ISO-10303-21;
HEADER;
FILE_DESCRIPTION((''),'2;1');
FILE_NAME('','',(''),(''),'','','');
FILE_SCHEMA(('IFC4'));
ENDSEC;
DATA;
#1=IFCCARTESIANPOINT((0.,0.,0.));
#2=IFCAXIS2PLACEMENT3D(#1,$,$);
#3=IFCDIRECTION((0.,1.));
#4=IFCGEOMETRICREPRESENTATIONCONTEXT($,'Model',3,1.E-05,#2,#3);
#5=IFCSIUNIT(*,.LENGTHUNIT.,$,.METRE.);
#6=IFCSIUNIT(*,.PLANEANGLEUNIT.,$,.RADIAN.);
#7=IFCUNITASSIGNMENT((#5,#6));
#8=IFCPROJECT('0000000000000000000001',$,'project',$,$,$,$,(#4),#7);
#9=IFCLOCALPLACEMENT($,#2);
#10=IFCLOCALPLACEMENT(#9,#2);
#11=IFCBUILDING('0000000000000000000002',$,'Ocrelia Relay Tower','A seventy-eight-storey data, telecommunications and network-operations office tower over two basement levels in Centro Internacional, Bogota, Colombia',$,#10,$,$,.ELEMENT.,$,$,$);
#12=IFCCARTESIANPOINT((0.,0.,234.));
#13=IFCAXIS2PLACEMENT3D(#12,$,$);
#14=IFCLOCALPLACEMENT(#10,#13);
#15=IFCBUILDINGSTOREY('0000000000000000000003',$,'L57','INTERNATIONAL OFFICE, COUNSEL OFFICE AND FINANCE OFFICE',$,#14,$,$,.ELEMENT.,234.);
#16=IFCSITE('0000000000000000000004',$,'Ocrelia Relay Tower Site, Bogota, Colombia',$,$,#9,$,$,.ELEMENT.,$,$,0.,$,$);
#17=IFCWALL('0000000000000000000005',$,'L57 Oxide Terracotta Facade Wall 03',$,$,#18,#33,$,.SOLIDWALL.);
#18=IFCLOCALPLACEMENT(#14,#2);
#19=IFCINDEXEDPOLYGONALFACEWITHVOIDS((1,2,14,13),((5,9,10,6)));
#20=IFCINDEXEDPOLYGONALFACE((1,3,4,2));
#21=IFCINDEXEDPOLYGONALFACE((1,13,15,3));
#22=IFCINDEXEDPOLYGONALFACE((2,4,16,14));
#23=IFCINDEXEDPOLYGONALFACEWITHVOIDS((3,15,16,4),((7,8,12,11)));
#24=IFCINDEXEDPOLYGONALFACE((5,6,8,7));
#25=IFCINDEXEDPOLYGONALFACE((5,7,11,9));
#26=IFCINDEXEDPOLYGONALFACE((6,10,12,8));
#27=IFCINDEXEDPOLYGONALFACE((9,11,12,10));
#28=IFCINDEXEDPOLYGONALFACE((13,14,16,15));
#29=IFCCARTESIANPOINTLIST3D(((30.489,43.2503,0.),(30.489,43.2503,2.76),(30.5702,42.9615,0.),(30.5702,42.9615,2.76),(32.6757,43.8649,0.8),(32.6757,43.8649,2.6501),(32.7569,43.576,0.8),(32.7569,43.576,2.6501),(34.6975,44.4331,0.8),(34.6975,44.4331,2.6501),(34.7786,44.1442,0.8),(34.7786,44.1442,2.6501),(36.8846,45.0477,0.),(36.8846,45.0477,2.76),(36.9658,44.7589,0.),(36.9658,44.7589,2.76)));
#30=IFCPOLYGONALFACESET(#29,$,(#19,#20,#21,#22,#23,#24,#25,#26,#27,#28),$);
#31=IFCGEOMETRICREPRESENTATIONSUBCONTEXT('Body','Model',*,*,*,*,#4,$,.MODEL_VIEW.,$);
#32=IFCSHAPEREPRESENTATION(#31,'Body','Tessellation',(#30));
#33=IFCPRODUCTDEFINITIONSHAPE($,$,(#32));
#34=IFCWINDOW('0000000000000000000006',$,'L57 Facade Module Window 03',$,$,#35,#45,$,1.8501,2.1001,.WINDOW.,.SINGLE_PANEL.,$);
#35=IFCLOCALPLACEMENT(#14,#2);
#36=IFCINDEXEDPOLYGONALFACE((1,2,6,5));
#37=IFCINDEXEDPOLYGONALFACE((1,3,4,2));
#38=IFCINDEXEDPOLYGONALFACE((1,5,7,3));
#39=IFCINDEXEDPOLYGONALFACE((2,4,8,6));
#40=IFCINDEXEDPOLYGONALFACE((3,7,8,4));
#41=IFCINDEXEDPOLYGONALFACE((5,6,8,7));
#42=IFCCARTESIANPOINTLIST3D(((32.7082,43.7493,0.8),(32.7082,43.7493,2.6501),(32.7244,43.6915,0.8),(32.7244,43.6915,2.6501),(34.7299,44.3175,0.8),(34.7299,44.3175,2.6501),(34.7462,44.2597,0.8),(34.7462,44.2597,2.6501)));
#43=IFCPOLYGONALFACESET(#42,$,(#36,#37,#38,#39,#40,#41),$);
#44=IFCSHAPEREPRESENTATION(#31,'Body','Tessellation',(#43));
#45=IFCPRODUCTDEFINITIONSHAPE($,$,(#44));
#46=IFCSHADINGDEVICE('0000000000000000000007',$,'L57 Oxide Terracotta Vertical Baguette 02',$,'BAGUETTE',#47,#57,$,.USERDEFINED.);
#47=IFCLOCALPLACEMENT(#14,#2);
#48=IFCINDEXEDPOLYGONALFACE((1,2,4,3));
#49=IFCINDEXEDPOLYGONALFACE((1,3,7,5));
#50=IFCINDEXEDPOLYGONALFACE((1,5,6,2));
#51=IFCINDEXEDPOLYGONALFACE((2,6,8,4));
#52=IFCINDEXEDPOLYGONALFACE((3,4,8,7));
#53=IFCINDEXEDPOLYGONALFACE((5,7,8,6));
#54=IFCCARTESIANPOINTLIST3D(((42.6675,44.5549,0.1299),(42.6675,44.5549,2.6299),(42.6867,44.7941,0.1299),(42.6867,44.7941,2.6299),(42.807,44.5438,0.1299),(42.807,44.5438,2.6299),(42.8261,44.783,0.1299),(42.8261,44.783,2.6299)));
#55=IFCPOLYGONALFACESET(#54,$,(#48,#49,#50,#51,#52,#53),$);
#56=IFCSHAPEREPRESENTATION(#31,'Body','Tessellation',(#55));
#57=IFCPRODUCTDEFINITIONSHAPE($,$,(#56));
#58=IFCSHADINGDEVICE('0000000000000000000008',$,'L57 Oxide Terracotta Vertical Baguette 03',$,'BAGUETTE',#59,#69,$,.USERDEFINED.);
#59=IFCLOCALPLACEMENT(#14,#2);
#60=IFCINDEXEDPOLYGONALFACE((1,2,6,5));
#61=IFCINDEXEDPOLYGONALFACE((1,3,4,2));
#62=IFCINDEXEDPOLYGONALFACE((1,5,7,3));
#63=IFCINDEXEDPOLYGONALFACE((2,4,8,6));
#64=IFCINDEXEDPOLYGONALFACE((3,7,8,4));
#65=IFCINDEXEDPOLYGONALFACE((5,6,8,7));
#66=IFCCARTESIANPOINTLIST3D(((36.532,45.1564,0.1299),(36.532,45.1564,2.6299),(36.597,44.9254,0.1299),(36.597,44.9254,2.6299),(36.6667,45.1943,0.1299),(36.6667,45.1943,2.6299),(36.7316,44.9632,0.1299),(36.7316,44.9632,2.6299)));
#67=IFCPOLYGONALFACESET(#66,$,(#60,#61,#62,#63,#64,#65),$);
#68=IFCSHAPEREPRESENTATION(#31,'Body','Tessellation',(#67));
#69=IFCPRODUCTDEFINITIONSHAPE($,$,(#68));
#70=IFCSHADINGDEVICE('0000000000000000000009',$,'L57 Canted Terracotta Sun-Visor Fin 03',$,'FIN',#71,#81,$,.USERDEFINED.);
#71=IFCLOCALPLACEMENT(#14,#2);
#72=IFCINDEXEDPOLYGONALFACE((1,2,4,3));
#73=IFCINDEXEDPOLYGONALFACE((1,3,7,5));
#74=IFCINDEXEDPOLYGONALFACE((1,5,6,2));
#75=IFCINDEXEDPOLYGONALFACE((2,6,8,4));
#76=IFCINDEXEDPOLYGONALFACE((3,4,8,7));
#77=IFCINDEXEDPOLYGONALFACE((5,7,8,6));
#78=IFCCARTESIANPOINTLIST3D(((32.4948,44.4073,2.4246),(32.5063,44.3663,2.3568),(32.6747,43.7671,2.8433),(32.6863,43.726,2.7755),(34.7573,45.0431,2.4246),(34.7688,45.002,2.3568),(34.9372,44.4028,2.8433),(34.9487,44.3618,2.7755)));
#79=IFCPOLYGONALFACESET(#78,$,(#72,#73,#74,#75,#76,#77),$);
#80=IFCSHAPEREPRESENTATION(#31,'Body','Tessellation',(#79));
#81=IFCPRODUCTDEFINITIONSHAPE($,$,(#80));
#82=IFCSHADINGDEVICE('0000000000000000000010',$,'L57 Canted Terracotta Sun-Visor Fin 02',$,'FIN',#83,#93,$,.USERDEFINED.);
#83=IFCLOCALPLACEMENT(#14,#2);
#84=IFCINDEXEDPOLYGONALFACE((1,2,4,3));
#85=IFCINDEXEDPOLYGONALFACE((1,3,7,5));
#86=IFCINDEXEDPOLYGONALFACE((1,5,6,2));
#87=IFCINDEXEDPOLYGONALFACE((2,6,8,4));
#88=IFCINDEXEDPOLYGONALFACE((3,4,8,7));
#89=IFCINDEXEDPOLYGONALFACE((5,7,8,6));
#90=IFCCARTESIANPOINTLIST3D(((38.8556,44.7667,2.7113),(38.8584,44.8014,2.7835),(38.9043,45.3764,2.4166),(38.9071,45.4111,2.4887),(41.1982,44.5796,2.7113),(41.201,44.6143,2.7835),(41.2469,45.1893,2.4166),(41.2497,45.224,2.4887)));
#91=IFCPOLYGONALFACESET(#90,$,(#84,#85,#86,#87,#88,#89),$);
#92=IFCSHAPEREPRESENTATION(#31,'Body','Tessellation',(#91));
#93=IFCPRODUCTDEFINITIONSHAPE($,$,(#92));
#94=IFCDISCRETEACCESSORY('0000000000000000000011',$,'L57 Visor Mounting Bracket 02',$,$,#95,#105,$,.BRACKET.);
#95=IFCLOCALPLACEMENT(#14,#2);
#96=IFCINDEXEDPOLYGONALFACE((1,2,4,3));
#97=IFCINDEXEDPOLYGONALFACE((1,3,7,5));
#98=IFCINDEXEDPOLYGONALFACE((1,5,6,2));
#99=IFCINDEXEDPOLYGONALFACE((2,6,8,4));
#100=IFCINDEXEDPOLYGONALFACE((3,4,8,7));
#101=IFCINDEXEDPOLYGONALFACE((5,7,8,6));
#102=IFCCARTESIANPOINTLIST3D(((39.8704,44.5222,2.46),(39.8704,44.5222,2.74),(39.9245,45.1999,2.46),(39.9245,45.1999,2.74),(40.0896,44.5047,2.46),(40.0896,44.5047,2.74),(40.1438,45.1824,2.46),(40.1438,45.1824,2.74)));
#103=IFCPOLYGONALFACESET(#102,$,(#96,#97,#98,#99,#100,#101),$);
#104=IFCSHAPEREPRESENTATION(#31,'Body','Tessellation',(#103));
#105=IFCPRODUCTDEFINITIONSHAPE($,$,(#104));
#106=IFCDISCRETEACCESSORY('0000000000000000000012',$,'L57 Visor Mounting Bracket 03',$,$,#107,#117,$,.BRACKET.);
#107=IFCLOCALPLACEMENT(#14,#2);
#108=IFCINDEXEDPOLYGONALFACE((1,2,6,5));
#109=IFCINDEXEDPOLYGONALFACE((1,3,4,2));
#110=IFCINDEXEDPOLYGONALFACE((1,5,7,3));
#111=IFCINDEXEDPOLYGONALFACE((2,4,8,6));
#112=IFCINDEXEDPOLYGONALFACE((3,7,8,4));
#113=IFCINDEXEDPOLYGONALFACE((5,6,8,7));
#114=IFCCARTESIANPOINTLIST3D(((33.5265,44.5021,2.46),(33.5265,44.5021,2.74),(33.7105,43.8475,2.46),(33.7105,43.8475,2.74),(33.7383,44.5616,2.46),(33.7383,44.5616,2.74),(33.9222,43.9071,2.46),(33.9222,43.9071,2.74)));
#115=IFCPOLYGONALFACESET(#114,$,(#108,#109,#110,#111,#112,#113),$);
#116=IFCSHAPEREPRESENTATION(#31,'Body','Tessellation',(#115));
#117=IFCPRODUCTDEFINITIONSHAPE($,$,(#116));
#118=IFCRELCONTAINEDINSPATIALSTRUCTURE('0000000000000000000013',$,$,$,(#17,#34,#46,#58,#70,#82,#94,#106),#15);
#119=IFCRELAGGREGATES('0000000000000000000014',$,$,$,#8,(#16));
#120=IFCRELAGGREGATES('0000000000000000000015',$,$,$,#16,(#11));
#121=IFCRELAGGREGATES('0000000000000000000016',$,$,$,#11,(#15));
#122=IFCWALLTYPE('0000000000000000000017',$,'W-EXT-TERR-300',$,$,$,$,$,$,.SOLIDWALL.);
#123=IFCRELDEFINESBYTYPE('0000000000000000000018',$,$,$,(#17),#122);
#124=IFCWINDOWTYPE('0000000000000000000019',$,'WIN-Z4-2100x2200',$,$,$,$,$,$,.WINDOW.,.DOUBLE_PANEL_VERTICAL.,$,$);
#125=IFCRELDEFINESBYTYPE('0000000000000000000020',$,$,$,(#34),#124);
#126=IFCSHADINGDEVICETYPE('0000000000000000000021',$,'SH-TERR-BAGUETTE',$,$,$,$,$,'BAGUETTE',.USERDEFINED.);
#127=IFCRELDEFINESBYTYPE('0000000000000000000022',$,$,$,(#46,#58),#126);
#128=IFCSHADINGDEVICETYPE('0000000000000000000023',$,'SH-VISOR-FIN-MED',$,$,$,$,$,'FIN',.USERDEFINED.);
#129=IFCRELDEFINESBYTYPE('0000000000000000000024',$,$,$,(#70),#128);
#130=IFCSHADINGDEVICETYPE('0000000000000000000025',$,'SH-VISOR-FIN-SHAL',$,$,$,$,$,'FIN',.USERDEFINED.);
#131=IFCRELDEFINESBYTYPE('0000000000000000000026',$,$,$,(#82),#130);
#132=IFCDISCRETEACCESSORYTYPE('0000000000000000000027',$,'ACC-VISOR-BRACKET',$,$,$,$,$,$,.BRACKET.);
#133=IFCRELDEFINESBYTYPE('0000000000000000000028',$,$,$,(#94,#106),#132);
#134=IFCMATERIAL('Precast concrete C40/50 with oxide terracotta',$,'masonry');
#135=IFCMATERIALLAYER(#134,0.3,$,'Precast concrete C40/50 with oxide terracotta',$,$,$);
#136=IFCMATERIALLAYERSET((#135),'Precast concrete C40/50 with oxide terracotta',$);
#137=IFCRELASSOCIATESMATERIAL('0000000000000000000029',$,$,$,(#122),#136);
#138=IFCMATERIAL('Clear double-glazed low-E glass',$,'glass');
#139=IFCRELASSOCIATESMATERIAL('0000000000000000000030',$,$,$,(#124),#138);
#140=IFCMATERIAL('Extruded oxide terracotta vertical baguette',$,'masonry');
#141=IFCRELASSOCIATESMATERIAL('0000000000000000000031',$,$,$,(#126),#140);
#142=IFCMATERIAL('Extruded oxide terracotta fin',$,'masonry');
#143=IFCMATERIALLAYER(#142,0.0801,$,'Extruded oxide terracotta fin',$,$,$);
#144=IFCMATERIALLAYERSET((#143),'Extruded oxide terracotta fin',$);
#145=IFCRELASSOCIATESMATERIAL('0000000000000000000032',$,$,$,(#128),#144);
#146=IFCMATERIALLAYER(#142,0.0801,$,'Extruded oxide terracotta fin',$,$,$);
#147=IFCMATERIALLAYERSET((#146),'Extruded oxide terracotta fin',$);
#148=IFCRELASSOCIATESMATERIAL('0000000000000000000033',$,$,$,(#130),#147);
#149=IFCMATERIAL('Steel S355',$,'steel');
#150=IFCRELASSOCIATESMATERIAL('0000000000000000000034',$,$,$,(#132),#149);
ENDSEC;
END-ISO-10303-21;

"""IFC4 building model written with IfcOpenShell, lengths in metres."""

from ifc_helpers import new_model, si_unit, direction, frame, frame_2d, origin, origin_2d, place, context, subcontext, project, spatial, rectangle, extrude, material, layer, layer_set, type_object, element, fill, save


model = new_model("IFC4")

# Units and contexts
model_context = context("Model", 3, precision=1e-05, world=origin(), true_north=direction((0.0, 1.0)))
body_context = subcontext(model_context, "Body", "Model", "MODEL_VIEW")
ifc_project = project(units=[si_unit("LENGTHUNIT", "METRE"), si_unit("PLANEANGLEUNIT", "RADIAN")], contexts=[model_context])

# Site, building, storey
site_placement = place(None, origin())
site = spatial("IfcSite", under=ifc_project, at=site_placement, Name="Ocrelia Relay Tower Site, Bogota, Colombia", CompositionType="ELEMENT", RefElevation=0.0)
building_placement = place(site_placement, origin())
building = spatial("IfcBuilding", under=site, at=building_placement, Name="Ocrelia Relay Tower", Description="A seventy-eight-storey data, telecommunications and network-operations office tower over two basement levels in Centro Internacional, Bogota, Colombia", CompositionType="ELEMENT")
storey_placement = place(building_placement, frame((0.0, 0.0, 234.0)))
storey = spatial("IfcBuildingStorey", under=building, at=storey_placement, Name="L57", Description="INTERNATIONAL OFFICE, COUNSEL OFFICE AND FINANCE OFFICE", CompositionType="ELEMENT", Elevation=234.0)

# Shared definitions
ifc_material_1 = material(Name="Steel S355", Category="steel")

# Shared definitions
ifc_material_2 = material(Name="Clear double-glazed low-E glass", Category="glass")

# Wall, opening, window
ifc_material_3 = material(Name="Precast concrete C40/50 with oxide terracotta", Category="masonry")
ifc_layer_1 = layer(ifc_material_3, 0.3, Name="Precast concrete C40/50 with oxide terracotta")
ifc_layer_set_1 = layer_set([ifc_layer_1], Name="Precast concrete C40/50 with oxide terracotta")
wall_type_1 = type_object("IfcWallType", Name="W-EXT-TERR-300", PredefinedType="SOLIDWALL", material=ifc_layer_set_1)
window_type = type_object("IfcWindowType", Name="WIN-Z4-2100x2200", PartitioningType="DOUBLE_PANEL_VERTICAL", PredefinedType="WINDOW", material=ifc_material_2)
wall_1_placement = place(storey_placement, frame((36.9253, 44.9033, 0.0), z_axis=(0.0, 0.0, 1.0), x_axis=(-0.962705, -0.270554, 0.0)))
wall_1 = element("IfcWall", 1, at=wall_1_placement, inside=storey, type_object=wall_type_1, Name="L57 Oxide Terracotta Facade Wall 03", PredefinedType="SOLIDWALL", context=body_context, shape_type="SweptSolid", body=[
    extrude(rectangle(XDim=6.6433, YDim=0.3, at=frame_2d((3.3218, 0.0))), origin(), (0.0, 0.0, 1.0), 2.76),
])
opening_1_placement = place(wall_1_placement, frame((2.272, 0.0, 0.8)))
opening_1 = element("IfcOpeningElement", 2, at=opening_1_placement, cuts=wall_1, PredefinedType="OPENING", context=body_context, shape_type="SweptSolid", body=[
    extrude(rectangle(XDim=2.1001, YDim=1.8501, at=frame_2d((1.05, 0.925))), frame((0.0, 0.1602, 0.0), z_axis=(0.0, -1.0, 0.0), x_axis=(1.0, 0.0, 0.0)), (0.0, 0.0, 1.0), 0.3201),
])
window_1_placement = place(opening_1_placement, origin())
window_1 = element("IfcWindow", 3, at=window_1_placement, inside=storey, type_object=window_type, Name="L57 Facade Module Window 03", OverallHeight=1.8501, OverallWidth=2.1001, PartitioningType="SINGLE_PANEL", PredefinedType="WINDOW", context=body_context, shape_type="SweptSolid", body=[
    extrude(rectangle(XDim=2.1001, YDim=1.8501, at=frame_2d((1.05, 0.925))), frame((0.0, 0.03, 0.0), z_axis=(0.0, -1.0, 0.0), x_axis=(1.0, 0.0, 0.0)), (0.0, 0.0, 1.0), 0.0601),
])
fill(opening_1, window_1)

# Shading devices
ifc_material_4 = material(Name="Extruded oxide terracotta vertical baguette", Category="masonry")
shading_device_type_1 = type_object("IfcShadingDeviceType", Name="SH-TERR-BAGUETTE", ElementType="BAGUETTE", PredefinedType="USERDEFINED", material=ifc_material_4)
for number, where, z_axis, x_axis, name in (
    (4, (42.7468, 44.6689, 0.1299), (0.0, 0.0, 1.0), (-0.996825, 0.079629, 0.0), "L57 Oxide Terracotta Vertical Baguette 02"),
    (5, (36.6318, 45.0598, 0.1299), (0.0, 0.0, 1.0), (-0.962711, -0.270532, 0.0), "L57 Oxide Terracotta Vertical Baguette 03"),
):
    element("IfcShadingDevice", number, at=place(storey_placement, frame(where, z_axis=z_axis, x_axis=x_axis)), inside=storey, type_object=shading_device_type_1, Name=name, ObjectType="BAGUETTE", PredefinedType="USERDEFINED", context=body_context, shape_type="SweptSolid", body=[
        extrude(rectangle(XDim=0.1399, YDim=0.24, at=origin_2d()), origin(), (0.0, 0.0, 1.0), 2.5),
    ])
ifc_material_5 = material(Name="Extruded oxide terracotta fin", Category="masonry")
ifc_layer_2 = layer(ifc_material_5, 0.0801, Name="Extruded oxide terracotta fin")
ifc_layer_set_2 = layer_set([ifc_layer_2], Name="Extruded oxide terracotta fin")
shading_device_type_2 = type_object("IfcShadingDeviceType", Name="SH-VISOR-FIN-MED", ElementType="FIN", PredefinedType="USERDEFINED", material=ifc_layer_set_2)
shading_device_1_placement = place(storey_placement, frame((33.7275, 44.364, 2.5662), z_axis=(-0.14412, 0.512864, 0.846286), x_axis=(-0.962711, -0.270532, 0.0)))
element("IfcShadingDevice", 6, at=shading_device_1_placement, inside=storey, type_object=shading_device_type_2, Name="L57 Canted Terracotta Sun-Visor Fin 03", ObjectType="FIN", PredefinedType="USERDEFINED", context=body_context, shape_type="SweptSolid", body=[
    extrude(rectangle(XDim=2.3501, YDim=0.7859, at=origin_2d()), origin(), (0.0, 0.0, 1.0), 0.0801),
])
ifc_layer_3 = layer(ifc_material_5, 0.0801, Name="Extruded oxide terracotta fin")
ifc_layer_set_3 = layer_set([ifc_layer_3], Name="Extruded oxide terracotta fin")
shading_device_type_3 = type_object("IfcShadingDeviceType", Name="SH-VISOR-FIN-SHAL", ElementType="FIN", PredefinedType="USERDEFINED", material=ifc_layer_set_3)
shading_device_2_placement = place(storey_placement, frame((40.0513, 44.978, 2.564), z_axis=(0.034569, 0.432752, 0.90085), x_axis=(-0.996825, 0.079629, 0.0)))
element("IfcShadingDevice", 7, at=shading_device_2_placement, inside=storey, type_object=shading_device_type_3, Name="L57 Canted Terracotta Sun-Visor Fin 02", ObjectType="FIN", PredefinedType="USERDEFINED", context=body_context, shape_type="SweptSolid", body=[
    extrude(rectangle(XDim=2.3501, YDim=0.679, at=origin_2d()), origin(), (0.0, 0.0, 1.0), 0.0801),
])

# Discrete accessories
discrete_accessory_type = type_object("IfcDiscreteAccessoryType", Name="ACC-VISOR-BRACKET", PredefinedType="BRACKET", material=ifc_material_1)
for number, where, z_axis, x_axis, name in (
    (8, (40.0071, 44.8523, 2.46), (0.0, 0.0, 1.0), (-0.996825, 0.079629, 0.0), "L57 Visor Mounting Bracket 02"),
    (9, (33.7244, 44.2046, 2.46), (0.0, 0.0, 1.0), (-0.962711, -0.270532, 0.0), "L57 Visor Mounting Bracket 03"),
):
    element("IfcDiscreteAccessory", number, at=place(storey_placement, frame(where, z_axis=z_axis, x_axis=x_axis)), inside=storey, type_object=discrete_accessory_type, Name=name, PredefinedType="BRACKET", context=body_context, shape_type="SweptSolid", body=[
        extrude(rectangle(XDim=0.22, YDim=0.6799, at=origin_2d()), origin(), (0.0, 0.0, 1.0), 0.28),
    ])

save(model, "model.ifc")
